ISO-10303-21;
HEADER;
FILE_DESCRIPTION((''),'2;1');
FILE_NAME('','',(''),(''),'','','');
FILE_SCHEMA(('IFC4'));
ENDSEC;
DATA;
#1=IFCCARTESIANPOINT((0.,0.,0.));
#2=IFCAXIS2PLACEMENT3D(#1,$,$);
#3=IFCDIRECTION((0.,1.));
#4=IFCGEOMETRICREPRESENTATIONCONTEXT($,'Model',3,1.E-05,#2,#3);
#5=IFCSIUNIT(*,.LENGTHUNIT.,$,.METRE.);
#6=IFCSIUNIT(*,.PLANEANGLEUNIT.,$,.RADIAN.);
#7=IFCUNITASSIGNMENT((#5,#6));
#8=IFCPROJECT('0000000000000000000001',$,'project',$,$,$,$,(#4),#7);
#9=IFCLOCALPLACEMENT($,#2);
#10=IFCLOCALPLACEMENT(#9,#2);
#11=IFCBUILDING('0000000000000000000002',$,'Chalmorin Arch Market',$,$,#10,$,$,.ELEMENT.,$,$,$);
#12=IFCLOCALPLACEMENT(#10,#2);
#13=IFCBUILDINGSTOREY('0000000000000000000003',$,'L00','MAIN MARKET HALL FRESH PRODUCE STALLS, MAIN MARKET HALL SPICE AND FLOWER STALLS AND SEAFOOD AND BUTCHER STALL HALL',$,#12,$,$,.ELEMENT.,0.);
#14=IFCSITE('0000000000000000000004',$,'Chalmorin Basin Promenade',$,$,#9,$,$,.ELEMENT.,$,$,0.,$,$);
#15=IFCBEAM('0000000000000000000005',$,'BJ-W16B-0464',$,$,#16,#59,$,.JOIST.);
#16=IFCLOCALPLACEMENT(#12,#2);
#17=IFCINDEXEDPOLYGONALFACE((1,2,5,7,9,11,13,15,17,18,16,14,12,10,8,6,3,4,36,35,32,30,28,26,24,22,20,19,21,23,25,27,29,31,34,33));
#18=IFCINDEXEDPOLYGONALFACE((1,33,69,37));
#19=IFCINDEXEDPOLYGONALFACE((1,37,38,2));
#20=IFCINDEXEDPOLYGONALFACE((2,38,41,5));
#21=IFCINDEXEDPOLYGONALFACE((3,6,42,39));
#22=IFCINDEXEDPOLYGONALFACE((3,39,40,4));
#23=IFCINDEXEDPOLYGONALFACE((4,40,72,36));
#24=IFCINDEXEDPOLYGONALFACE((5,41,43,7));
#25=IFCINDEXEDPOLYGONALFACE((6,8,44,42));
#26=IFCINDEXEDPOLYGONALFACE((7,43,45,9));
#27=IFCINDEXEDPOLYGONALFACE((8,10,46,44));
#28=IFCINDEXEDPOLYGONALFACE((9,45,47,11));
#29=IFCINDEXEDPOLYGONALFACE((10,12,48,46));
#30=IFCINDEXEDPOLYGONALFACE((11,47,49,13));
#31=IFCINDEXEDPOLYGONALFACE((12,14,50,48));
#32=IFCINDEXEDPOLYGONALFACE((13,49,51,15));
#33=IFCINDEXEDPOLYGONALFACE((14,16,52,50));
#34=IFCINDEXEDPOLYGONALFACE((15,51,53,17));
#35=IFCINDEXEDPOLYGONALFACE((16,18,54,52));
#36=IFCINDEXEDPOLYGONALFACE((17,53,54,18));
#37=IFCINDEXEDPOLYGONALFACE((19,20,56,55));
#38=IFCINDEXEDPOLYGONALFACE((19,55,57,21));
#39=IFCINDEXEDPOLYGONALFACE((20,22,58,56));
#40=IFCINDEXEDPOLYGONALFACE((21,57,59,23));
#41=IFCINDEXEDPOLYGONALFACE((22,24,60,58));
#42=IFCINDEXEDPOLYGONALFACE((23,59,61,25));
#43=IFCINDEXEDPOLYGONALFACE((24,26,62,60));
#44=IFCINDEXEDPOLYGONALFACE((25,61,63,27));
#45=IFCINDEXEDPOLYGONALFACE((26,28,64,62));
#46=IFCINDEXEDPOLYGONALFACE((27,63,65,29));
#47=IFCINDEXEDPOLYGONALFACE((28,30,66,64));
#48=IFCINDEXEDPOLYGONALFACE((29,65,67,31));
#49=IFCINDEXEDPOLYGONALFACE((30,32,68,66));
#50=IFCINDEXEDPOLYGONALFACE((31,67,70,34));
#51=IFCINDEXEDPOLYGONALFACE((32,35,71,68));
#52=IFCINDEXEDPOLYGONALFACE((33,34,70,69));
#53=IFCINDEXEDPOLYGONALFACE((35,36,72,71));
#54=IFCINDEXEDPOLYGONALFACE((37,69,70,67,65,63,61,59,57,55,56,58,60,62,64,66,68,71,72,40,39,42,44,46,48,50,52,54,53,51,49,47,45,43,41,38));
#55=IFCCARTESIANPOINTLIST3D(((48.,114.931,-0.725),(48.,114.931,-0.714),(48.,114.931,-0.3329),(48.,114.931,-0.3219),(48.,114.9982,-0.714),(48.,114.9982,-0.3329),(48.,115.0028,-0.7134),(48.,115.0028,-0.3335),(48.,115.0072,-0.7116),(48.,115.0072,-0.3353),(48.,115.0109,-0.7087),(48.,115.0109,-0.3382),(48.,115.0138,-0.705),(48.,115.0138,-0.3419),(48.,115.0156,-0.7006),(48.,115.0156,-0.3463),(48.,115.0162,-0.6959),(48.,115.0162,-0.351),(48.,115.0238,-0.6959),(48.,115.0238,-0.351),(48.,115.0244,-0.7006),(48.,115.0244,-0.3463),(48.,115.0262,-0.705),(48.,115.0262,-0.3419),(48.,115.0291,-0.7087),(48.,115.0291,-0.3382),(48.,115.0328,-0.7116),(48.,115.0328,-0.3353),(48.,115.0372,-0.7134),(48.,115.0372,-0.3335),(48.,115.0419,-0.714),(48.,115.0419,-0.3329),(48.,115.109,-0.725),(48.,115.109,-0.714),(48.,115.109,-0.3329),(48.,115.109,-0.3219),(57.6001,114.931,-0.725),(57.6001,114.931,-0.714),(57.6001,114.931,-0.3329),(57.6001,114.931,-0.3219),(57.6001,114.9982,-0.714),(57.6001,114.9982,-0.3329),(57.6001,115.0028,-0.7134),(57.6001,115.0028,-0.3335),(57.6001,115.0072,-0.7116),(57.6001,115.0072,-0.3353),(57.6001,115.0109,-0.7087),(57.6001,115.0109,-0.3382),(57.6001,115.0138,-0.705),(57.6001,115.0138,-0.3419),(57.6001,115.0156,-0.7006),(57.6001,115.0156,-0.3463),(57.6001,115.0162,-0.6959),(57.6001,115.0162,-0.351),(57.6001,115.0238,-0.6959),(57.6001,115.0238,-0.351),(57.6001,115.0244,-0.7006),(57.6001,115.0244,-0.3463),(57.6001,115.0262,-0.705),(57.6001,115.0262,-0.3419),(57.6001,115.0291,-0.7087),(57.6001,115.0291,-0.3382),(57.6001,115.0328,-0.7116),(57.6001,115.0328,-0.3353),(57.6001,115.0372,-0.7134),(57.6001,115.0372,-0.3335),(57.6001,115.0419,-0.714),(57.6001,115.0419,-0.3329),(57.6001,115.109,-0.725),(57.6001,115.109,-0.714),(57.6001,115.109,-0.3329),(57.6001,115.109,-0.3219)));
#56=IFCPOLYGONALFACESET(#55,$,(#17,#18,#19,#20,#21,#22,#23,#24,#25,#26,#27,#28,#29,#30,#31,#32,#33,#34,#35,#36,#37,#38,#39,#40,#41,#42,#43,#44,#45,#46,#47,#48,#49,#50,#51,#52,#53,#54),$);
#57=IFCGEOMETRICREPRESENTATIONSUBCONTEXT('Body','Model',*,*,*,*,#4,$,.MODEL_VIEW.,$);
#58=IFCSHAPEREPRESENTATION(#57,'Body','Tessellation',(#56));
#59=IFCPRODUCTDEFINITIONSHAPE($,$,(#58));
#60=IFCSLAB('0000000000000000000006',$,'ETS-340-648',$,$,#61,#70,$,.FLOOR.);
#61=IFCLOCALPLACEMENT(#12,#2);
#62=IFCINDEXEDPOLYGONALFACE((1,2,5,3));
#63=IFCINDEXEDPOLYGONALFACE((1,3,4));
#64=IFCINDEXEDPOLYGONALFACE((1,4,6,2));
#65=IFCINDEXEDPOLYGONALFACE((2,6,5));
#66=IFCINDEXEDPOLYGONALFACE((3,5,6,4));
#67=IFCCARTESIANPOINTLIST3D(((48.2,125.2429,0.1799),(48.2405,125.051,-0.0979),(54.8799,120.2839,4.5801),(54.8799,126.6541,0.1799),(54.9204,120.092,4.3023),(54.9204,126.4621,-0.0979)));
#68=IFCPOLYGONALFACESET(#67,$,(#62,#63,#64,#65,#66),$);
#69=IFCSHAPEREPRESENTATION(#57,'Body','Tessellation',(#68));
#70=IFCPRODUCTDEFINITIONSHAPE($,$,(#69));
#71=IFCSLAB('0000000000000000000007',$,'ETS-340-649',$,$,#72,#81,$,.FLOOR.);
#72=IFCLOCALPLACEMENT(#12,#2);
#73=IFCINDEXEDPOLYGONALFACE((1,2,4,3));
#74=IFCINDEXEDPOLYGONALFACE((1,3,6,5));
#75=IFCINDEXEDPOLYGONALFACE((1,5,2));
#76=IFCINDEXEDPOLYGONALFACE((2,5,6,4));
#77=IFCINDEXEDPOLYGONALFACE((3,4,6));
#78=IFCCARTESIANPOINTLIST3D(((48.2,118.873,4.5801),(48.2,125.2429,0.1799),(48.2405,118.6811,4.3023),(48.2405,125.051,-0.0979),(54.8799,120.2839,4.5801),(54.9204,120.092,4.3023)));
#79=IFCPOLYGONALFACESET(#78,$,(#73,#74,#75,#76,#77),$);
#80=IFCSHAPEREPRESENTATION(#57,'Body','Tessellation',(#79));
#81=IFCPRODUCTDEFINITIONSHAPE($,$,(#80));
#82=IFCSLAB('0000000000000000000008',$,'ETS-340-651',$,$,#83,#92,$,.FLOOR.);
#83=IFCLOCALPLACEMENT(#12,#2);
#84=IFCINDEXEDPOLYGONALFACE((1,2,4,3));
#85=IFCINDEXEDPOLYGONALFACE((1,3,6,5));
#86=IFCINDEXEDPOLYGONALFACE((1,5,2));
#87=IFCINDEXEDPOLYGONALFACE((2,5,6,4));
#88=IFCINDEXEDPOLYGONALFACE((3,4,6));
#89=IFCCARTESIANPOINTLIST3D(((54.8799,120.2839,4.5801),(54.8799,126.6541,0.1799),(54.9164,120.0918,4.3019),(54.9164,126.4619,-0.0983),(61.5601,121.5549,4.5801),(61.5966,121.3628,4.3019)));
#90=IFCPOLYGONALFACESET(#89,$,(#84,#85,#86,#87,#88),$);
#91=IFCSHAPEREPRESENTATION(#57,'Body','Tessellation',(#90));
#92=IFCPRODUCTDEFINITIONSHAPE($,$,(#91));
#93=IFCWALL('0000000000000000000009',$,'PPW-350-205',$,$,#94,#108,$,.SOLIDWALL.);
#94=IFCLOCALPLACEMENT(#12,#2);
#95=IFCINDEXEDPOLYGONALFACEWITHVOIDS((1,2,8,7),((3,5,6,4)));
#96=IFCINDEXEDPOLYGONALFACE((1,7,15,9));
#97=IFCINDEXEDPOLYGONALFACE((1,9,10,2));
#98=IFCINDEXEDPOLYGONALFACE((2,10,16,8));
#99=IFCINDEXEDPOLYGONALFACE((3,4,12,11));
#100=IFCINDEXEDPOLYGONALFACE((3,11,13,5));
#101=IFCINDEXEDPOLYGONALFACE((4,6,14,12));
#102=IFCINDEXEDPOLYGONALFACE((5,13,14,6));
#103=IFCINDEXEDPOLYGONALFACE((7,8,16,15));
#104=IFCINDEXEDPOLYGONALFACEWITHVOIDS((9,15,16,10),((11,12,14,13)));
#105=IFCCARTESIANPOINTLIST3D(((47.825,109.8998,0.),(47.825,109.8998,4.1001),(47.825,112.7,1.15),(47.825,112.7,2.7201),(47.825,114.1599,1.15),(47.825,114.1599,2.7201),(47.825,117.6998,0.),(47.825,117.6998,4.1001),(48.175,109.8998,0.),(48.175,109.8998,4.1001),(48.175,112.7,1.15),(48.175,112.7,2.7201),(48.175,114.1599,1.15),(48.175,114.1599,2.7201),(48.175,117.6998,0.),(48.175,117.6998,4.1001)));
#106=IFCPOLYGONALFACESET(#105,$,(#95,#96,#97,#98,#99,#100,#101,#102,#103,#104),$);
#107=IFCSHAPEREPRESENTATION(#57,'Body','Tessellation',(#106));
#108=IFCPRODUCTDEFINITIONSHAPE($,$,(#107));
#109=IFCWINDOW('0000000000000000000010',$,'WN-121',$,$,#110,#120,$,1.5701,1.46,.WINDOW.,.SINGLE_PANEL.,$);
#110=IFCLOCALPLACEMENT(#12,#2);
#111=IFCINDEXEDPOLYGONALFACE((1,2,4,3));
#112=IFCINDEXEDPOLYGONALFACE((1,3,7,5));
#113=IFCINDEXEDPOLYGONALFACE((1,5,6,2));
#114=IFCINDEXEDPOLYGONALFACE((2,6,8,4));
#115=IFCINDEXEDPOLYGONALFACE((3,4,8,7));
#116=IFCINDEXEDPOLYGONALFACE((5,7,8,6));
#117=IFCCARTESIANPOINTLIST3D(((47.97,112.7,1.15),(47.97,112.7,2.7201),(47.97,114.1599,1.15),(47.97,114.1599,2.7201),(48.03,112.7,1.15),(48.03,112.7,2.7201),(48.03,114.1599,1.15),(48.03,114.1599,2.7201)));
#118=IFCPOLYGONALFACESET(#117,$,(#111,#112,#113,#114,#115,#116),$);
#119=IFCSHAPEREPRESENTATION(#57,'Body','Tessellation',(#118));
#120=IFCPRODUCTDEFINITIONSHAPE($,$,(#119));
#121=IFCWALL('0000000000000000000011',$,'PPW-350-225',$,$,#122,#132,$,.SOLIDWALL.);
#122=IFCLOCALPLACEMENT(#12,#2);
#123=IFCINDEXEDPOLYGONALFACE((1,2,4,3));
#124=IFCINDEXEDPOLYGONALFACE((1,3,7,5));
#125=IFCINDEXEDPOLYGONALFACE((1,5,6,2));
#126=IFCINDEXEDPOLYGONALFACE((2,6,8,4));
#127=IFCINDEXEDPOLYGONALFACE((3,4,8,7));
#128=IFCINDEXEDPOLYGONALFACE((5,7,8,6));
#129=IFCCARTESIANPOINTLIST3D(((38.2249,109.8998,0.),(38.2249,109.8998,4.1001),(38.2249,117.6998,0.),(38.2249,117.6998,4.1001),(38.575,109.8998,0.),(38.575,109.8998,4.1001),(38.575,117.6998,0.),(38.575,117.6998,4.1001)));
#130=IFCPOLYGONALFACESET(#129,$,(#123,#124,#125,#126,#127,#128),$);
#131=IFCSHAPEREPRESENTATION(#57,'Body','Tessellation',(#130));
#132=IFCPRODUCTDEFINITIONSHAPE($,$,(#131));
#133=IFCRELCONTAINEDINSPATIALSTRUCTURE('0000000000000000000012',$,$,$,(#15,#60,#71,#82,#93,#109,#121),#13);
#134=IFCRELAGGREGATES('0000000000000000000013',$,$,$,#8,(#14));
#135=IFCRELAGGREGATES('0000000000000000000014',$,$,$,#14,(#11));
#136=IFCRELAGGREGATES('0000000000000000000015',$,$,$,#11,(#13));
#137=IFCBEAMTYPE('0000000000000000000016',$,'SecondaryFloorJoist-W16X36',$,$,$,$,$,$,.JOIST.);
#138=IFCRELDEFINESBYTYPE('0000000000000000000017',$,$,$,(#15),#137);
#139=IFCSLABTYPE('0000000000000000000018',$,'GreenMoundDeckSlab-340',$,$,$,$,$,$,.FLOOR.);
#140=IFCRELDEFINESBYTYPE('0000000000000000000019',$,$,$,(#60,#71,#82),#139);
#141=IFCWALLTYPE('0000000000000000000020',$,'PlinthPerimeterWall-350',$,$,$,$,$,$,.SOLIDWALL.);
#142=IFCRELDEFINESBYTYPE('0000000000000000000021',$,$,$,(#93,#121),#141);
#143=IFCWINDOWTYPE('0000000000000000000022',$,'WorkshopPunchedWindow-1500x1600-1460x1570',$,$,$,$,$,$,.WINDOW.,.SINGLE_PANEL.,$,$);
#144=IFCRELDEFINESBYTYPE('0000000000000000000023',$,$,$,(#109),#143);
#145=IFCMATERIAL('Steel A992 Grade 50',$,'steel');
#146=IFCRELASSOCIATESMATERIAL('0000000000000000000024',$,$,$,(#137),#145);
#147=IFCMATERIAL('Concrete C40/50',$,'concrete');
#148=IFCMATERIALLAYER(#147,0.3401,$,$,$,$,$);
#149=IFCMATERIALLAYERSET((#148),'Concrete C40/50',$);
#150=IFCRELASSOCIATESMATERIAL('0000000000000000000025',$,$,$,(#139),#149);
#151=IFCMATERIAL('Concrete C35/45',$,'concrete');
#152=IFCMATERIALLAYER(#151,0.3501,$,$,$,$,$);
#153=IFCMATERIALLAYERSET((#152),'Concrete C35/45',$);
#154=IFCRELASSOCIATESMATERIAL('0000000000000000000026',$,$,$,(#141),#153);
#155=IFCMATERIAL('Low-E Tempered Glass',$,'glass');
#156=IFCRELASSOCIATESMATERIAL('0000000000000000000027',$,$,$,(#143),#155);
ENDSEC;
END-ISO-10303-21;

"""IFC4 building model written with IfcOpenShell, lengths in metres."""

from ifc_helpers import new_model, si_unit, direction, frame, frame_2d, origin, origin_2d, place, context, subcontext, project, spatial, polyline, rectangle, i_section, outline, extrude, material, layer, layer_set, material_profile, profile_set, type_object, element, fill, save


model = new_model("IFC4")

# Units and contexts
model_context = context("Model", 3, precision=1e-05, world=origin(), true_north=direction((0.0, 1.0)))
body_context = subcontext(model_context, "Body", "Model", "MODEL_VIEW")
ifc_project = project(units=[si_unit("LENGTHUNIT", "METRE"), si_unit("PLANEANGLEUNIT", "RADIAN")], contexts=[model_context])

# Site, building, storey
site_placement = place(None, origin())
site = spatial("IfcSite", under=ifc_project, at=site_placement, Name="Chalmorin Basin Promenade", CompositionType="ELEMENT", RefElevation=0.0)
building_placement = place(site_placement, origin())
building = spatial("IfcBuilding", under=site, at=building_placement, Name="Chalmorin Arch Market", CompositionType="ELEMENT")
storey_placement = place(building_placement, origin())
storey = spatial("IfcBuildingStorey", under=building, at=storey_placement, Name="L00", Description="MAIN MARKET HALL FRESH PRODUCE STALLS, MAIN MARKET HALL SPICE AND FLOWER STALLS AND SEAFOOD AND BUTCHER STALL HALL", CompositionType="ELEMENT", Elevation=0.0)

# Shared definitions
ifc_material_1 = material(Name="Concrete C40/50", Category="concrete")

# Beam
ifc_material_2 = material(Name="Steel A992 Grade 50", Category="steel")
ifc_material_profile_1 = material_profile(ifc_material_2, i_section(OverallWidth=0.178, OverallDepth=0.4031, WebThickness=0.0076, FlangeThickness=0.011, FilletRadius=0.0181, at=origin_2d()), Name="W16X36")
ifc_profile_set_1 = profile_set([ifc_material_profile_1], Name="Steel A992 Grade 50")
beam_type_1 = type_object("IfcBeamType", Name="SecondaryFloorJoist-W16X36", PredefinedType="JOIST", material=ifc_profile_set_1)
for number, where, z_axis, x_axis, name in (
    (1, (48.0, 115.02, -0.5234), (1.0, 0.0, 0.0), (0.0, 1.0, 0.0), "BJ-W16B-0464"),
):
    element("IfcBeam", number, at=place(storey_placement, frame(where, z_axis=z_axis, x_axis=x_axis)), inside=storey, type_object=beam_type_1, Name=name, PredefinedType="JOIST", context=body_context, shape_type="SweptSolid", body=[
        extrude(i_section(OverallWidth=0.178, OverallDepth=0.4031, WebThickness=0.0076, FlangeThickness=0.011, FilletRadius=0.0181, at=origin_2d()), origin(), (0.0, 0.0, 1.0), 9.6001),
    ])

# Slabs
ifc_layer_1 = layer(ifc_material_1, 0.3401)
ifc_layer_set_1 = layer_set([ifc_layer_1], Name="Concrete C40/50")
slab_type = type_object("IfcSlabType", Name="GreenMoundDeckSlab-340", PredefinedType="FLOOR", material=ifc_layer_set_1)
slab_1_placement = place(storey_placement, frame((54.8799, 120.2839, 4.5801), z_axis=(-0.119206, 0.56429, 0.816925), x_axis=(0.0, 0.822792, -0.568342)))
element("IfcSlab", 2, at=slab_1_placement, inside=storey, type_object=slab_type, Name="ETS-340-648", PredefinedType="FLOOR", context=body_context, shape_type="SweptSolid", body=[
    extrude(outline(polyline([(0.0, 0.0), (7.7421, 0.0), (6.581, 6.7279), (0.0, 0.0)])), origin(), (0.0, 0.0, -1.0), 0.3401),
])
slab_2_placement = place(storey_placement, frame((48.2, 118.873, 4.5801), z_axis=(-0.119189, 0.564306, 0.816917), x_axis=(0.978414, 0.206654, 0.0)))
element("IfcSlab", 3, at=slab_2_placement, inside=storey, type_object=slab_type, Name="ETS-340-649", PredefinedType="FLOOR", context=body_context, shape_type="SweptSolid", body=[
    extrude(outline(polyline([(0.0, 0.0), (6.8273, 0.0), (1.3164, 7.6291), (0.0, 0.0)])), origin(), (0.0, 0.0, -1.0), 0.3401),
])
slab_3_placement = place(storey_placement, frame((54.8799, 120.2839, 4.5801), z_axis=(-0.107508, 0.565048, 0.818024), x_axis=(0.982377, 0.186911, 0.0)))
element("IfcSlab", 4, at=slab_3_placement, inside=storey, type_object=slab_type, Name="ETS-340-651", PredefinedType="FLOOR", context=body_context, shape_type="SweptSolid", body=[
    extrude(outline(polyline([(0.0, 0.0), (6.8, 0.0), (1.1906, 7.65), (0.0, 0.0)])), origin(), (0.0, 0.0, -1.0), 0.3401),
])

# Shared definitions
ifc_material_3 = material(Name="Concrete C35/45", Category="concrete")
ifc_layer_2 = layer(ifc_material_3, 0.3501)
ifc_layer_set_2 = layer_set([ifc_layer_2], Name="Concrete C35/45")
wall_type = type_object("IfcWallType", Name="PlinthPerimeterWall-350", PredefinedType="SOLIDWALL", material=ifc_layer_set_2)
ifc_material_4 = material(Name="Low-E Tempered Glass", Category="glass")

# Wall, opening, window
wall_1_placement = place(storey_placement, frame((48.0, 109.8999, 0.0), z_axis=(0.0, 0.0, 1.0), x_axis=(0.0, 1.0, 0.0)))
wall_1 = element("IfcWall", 5, at=wall_1_placement, inside=storey, type_object=wall_type, Name="PPW-350-205", PredefinedType="SOLIDWALL", context=body_context, shape_type="SweptSolid", body=[
    extrude(rectangle(XDim=7.8, YDim=0.3501, at=frame_2d((3.8999, 0.0))), origin(), (0.0, 0.0, 1.0), 4.1001),
])
opening_1_placement = place(wall_1_placement, frame((2.8, 0.0, 1.1499)))
opening_1 = element("IfcOpeningElement", 6, at=opening_1_placement, cuts=wall_1, PredefinedType="OPENING", context=body_context, shape_type="SweptSolid", body=[
    extrude(rectangle(XDim=1.46, YDim=1.5701, at=frame_2d((0.73, 0.7852))), frame((0.0, 0.1851, 0.0), z_axis=(0.0, -1.0, 0.0), x_axis=(1.0, 0.0, 0.0)), (0.0, 0.0, 1.0), 0.3701),
])
window_type_1 = type_object("IfcWindowType", Name="WorkshopPunchedWindow-1500x1600-1460x1570", PartitioningType="SINGLE_PANEL", PredefinedType="WINDOW", material=ifc_material_4)
window_1_placement = place(opening_1_placement, origin())
window_1 = element("IfcWindow", 7, at=window_1_placement, inside=storey, type_object=window_type_1, Name="WN-121", OverallHeight=1.5701, OverallWidth=1.46, PartitioningType="SINGLE_PANEL", PredefinedType="WINDOW", context=body_context, shape_type="SweptSolid", body=[
    extrude(rectangle(XDim=1.46, YDim=1.5701, at=frame_2d((0.73, 0.7852))), frame((0.0, 0.03, 0.0), z_axis=(0.0, -1.0, 0.0), x_axis=(1.0, 0.0, 0.0)), (0.0, 0.0, 1.0), 0.0601),
])
fill(opening_1, window_1)

# Wall
wall_2_placement = place(storey_placement, frame((38.3999, 109.8999, 0.0), z_axis=(0.0, 0.0, 1.0), x_axis=(0.0, 1.0, 0.0)))
element("IfcWall", 8, at=wall_2_placement, inside=storey, type_object=wall_type, Name="PPW-350-225", PredefinedType="SOLIDWALL", context=body_context, shape_type="SweptSolid", body=[
    extrude(rectangle(XDim=7.8, YDim=0.3501, at=frame_2d((3.8999, 0.0))), origin(), (0.0, 0.0, 1.0), 4.1001),
])

save(model, "model.ifc")
